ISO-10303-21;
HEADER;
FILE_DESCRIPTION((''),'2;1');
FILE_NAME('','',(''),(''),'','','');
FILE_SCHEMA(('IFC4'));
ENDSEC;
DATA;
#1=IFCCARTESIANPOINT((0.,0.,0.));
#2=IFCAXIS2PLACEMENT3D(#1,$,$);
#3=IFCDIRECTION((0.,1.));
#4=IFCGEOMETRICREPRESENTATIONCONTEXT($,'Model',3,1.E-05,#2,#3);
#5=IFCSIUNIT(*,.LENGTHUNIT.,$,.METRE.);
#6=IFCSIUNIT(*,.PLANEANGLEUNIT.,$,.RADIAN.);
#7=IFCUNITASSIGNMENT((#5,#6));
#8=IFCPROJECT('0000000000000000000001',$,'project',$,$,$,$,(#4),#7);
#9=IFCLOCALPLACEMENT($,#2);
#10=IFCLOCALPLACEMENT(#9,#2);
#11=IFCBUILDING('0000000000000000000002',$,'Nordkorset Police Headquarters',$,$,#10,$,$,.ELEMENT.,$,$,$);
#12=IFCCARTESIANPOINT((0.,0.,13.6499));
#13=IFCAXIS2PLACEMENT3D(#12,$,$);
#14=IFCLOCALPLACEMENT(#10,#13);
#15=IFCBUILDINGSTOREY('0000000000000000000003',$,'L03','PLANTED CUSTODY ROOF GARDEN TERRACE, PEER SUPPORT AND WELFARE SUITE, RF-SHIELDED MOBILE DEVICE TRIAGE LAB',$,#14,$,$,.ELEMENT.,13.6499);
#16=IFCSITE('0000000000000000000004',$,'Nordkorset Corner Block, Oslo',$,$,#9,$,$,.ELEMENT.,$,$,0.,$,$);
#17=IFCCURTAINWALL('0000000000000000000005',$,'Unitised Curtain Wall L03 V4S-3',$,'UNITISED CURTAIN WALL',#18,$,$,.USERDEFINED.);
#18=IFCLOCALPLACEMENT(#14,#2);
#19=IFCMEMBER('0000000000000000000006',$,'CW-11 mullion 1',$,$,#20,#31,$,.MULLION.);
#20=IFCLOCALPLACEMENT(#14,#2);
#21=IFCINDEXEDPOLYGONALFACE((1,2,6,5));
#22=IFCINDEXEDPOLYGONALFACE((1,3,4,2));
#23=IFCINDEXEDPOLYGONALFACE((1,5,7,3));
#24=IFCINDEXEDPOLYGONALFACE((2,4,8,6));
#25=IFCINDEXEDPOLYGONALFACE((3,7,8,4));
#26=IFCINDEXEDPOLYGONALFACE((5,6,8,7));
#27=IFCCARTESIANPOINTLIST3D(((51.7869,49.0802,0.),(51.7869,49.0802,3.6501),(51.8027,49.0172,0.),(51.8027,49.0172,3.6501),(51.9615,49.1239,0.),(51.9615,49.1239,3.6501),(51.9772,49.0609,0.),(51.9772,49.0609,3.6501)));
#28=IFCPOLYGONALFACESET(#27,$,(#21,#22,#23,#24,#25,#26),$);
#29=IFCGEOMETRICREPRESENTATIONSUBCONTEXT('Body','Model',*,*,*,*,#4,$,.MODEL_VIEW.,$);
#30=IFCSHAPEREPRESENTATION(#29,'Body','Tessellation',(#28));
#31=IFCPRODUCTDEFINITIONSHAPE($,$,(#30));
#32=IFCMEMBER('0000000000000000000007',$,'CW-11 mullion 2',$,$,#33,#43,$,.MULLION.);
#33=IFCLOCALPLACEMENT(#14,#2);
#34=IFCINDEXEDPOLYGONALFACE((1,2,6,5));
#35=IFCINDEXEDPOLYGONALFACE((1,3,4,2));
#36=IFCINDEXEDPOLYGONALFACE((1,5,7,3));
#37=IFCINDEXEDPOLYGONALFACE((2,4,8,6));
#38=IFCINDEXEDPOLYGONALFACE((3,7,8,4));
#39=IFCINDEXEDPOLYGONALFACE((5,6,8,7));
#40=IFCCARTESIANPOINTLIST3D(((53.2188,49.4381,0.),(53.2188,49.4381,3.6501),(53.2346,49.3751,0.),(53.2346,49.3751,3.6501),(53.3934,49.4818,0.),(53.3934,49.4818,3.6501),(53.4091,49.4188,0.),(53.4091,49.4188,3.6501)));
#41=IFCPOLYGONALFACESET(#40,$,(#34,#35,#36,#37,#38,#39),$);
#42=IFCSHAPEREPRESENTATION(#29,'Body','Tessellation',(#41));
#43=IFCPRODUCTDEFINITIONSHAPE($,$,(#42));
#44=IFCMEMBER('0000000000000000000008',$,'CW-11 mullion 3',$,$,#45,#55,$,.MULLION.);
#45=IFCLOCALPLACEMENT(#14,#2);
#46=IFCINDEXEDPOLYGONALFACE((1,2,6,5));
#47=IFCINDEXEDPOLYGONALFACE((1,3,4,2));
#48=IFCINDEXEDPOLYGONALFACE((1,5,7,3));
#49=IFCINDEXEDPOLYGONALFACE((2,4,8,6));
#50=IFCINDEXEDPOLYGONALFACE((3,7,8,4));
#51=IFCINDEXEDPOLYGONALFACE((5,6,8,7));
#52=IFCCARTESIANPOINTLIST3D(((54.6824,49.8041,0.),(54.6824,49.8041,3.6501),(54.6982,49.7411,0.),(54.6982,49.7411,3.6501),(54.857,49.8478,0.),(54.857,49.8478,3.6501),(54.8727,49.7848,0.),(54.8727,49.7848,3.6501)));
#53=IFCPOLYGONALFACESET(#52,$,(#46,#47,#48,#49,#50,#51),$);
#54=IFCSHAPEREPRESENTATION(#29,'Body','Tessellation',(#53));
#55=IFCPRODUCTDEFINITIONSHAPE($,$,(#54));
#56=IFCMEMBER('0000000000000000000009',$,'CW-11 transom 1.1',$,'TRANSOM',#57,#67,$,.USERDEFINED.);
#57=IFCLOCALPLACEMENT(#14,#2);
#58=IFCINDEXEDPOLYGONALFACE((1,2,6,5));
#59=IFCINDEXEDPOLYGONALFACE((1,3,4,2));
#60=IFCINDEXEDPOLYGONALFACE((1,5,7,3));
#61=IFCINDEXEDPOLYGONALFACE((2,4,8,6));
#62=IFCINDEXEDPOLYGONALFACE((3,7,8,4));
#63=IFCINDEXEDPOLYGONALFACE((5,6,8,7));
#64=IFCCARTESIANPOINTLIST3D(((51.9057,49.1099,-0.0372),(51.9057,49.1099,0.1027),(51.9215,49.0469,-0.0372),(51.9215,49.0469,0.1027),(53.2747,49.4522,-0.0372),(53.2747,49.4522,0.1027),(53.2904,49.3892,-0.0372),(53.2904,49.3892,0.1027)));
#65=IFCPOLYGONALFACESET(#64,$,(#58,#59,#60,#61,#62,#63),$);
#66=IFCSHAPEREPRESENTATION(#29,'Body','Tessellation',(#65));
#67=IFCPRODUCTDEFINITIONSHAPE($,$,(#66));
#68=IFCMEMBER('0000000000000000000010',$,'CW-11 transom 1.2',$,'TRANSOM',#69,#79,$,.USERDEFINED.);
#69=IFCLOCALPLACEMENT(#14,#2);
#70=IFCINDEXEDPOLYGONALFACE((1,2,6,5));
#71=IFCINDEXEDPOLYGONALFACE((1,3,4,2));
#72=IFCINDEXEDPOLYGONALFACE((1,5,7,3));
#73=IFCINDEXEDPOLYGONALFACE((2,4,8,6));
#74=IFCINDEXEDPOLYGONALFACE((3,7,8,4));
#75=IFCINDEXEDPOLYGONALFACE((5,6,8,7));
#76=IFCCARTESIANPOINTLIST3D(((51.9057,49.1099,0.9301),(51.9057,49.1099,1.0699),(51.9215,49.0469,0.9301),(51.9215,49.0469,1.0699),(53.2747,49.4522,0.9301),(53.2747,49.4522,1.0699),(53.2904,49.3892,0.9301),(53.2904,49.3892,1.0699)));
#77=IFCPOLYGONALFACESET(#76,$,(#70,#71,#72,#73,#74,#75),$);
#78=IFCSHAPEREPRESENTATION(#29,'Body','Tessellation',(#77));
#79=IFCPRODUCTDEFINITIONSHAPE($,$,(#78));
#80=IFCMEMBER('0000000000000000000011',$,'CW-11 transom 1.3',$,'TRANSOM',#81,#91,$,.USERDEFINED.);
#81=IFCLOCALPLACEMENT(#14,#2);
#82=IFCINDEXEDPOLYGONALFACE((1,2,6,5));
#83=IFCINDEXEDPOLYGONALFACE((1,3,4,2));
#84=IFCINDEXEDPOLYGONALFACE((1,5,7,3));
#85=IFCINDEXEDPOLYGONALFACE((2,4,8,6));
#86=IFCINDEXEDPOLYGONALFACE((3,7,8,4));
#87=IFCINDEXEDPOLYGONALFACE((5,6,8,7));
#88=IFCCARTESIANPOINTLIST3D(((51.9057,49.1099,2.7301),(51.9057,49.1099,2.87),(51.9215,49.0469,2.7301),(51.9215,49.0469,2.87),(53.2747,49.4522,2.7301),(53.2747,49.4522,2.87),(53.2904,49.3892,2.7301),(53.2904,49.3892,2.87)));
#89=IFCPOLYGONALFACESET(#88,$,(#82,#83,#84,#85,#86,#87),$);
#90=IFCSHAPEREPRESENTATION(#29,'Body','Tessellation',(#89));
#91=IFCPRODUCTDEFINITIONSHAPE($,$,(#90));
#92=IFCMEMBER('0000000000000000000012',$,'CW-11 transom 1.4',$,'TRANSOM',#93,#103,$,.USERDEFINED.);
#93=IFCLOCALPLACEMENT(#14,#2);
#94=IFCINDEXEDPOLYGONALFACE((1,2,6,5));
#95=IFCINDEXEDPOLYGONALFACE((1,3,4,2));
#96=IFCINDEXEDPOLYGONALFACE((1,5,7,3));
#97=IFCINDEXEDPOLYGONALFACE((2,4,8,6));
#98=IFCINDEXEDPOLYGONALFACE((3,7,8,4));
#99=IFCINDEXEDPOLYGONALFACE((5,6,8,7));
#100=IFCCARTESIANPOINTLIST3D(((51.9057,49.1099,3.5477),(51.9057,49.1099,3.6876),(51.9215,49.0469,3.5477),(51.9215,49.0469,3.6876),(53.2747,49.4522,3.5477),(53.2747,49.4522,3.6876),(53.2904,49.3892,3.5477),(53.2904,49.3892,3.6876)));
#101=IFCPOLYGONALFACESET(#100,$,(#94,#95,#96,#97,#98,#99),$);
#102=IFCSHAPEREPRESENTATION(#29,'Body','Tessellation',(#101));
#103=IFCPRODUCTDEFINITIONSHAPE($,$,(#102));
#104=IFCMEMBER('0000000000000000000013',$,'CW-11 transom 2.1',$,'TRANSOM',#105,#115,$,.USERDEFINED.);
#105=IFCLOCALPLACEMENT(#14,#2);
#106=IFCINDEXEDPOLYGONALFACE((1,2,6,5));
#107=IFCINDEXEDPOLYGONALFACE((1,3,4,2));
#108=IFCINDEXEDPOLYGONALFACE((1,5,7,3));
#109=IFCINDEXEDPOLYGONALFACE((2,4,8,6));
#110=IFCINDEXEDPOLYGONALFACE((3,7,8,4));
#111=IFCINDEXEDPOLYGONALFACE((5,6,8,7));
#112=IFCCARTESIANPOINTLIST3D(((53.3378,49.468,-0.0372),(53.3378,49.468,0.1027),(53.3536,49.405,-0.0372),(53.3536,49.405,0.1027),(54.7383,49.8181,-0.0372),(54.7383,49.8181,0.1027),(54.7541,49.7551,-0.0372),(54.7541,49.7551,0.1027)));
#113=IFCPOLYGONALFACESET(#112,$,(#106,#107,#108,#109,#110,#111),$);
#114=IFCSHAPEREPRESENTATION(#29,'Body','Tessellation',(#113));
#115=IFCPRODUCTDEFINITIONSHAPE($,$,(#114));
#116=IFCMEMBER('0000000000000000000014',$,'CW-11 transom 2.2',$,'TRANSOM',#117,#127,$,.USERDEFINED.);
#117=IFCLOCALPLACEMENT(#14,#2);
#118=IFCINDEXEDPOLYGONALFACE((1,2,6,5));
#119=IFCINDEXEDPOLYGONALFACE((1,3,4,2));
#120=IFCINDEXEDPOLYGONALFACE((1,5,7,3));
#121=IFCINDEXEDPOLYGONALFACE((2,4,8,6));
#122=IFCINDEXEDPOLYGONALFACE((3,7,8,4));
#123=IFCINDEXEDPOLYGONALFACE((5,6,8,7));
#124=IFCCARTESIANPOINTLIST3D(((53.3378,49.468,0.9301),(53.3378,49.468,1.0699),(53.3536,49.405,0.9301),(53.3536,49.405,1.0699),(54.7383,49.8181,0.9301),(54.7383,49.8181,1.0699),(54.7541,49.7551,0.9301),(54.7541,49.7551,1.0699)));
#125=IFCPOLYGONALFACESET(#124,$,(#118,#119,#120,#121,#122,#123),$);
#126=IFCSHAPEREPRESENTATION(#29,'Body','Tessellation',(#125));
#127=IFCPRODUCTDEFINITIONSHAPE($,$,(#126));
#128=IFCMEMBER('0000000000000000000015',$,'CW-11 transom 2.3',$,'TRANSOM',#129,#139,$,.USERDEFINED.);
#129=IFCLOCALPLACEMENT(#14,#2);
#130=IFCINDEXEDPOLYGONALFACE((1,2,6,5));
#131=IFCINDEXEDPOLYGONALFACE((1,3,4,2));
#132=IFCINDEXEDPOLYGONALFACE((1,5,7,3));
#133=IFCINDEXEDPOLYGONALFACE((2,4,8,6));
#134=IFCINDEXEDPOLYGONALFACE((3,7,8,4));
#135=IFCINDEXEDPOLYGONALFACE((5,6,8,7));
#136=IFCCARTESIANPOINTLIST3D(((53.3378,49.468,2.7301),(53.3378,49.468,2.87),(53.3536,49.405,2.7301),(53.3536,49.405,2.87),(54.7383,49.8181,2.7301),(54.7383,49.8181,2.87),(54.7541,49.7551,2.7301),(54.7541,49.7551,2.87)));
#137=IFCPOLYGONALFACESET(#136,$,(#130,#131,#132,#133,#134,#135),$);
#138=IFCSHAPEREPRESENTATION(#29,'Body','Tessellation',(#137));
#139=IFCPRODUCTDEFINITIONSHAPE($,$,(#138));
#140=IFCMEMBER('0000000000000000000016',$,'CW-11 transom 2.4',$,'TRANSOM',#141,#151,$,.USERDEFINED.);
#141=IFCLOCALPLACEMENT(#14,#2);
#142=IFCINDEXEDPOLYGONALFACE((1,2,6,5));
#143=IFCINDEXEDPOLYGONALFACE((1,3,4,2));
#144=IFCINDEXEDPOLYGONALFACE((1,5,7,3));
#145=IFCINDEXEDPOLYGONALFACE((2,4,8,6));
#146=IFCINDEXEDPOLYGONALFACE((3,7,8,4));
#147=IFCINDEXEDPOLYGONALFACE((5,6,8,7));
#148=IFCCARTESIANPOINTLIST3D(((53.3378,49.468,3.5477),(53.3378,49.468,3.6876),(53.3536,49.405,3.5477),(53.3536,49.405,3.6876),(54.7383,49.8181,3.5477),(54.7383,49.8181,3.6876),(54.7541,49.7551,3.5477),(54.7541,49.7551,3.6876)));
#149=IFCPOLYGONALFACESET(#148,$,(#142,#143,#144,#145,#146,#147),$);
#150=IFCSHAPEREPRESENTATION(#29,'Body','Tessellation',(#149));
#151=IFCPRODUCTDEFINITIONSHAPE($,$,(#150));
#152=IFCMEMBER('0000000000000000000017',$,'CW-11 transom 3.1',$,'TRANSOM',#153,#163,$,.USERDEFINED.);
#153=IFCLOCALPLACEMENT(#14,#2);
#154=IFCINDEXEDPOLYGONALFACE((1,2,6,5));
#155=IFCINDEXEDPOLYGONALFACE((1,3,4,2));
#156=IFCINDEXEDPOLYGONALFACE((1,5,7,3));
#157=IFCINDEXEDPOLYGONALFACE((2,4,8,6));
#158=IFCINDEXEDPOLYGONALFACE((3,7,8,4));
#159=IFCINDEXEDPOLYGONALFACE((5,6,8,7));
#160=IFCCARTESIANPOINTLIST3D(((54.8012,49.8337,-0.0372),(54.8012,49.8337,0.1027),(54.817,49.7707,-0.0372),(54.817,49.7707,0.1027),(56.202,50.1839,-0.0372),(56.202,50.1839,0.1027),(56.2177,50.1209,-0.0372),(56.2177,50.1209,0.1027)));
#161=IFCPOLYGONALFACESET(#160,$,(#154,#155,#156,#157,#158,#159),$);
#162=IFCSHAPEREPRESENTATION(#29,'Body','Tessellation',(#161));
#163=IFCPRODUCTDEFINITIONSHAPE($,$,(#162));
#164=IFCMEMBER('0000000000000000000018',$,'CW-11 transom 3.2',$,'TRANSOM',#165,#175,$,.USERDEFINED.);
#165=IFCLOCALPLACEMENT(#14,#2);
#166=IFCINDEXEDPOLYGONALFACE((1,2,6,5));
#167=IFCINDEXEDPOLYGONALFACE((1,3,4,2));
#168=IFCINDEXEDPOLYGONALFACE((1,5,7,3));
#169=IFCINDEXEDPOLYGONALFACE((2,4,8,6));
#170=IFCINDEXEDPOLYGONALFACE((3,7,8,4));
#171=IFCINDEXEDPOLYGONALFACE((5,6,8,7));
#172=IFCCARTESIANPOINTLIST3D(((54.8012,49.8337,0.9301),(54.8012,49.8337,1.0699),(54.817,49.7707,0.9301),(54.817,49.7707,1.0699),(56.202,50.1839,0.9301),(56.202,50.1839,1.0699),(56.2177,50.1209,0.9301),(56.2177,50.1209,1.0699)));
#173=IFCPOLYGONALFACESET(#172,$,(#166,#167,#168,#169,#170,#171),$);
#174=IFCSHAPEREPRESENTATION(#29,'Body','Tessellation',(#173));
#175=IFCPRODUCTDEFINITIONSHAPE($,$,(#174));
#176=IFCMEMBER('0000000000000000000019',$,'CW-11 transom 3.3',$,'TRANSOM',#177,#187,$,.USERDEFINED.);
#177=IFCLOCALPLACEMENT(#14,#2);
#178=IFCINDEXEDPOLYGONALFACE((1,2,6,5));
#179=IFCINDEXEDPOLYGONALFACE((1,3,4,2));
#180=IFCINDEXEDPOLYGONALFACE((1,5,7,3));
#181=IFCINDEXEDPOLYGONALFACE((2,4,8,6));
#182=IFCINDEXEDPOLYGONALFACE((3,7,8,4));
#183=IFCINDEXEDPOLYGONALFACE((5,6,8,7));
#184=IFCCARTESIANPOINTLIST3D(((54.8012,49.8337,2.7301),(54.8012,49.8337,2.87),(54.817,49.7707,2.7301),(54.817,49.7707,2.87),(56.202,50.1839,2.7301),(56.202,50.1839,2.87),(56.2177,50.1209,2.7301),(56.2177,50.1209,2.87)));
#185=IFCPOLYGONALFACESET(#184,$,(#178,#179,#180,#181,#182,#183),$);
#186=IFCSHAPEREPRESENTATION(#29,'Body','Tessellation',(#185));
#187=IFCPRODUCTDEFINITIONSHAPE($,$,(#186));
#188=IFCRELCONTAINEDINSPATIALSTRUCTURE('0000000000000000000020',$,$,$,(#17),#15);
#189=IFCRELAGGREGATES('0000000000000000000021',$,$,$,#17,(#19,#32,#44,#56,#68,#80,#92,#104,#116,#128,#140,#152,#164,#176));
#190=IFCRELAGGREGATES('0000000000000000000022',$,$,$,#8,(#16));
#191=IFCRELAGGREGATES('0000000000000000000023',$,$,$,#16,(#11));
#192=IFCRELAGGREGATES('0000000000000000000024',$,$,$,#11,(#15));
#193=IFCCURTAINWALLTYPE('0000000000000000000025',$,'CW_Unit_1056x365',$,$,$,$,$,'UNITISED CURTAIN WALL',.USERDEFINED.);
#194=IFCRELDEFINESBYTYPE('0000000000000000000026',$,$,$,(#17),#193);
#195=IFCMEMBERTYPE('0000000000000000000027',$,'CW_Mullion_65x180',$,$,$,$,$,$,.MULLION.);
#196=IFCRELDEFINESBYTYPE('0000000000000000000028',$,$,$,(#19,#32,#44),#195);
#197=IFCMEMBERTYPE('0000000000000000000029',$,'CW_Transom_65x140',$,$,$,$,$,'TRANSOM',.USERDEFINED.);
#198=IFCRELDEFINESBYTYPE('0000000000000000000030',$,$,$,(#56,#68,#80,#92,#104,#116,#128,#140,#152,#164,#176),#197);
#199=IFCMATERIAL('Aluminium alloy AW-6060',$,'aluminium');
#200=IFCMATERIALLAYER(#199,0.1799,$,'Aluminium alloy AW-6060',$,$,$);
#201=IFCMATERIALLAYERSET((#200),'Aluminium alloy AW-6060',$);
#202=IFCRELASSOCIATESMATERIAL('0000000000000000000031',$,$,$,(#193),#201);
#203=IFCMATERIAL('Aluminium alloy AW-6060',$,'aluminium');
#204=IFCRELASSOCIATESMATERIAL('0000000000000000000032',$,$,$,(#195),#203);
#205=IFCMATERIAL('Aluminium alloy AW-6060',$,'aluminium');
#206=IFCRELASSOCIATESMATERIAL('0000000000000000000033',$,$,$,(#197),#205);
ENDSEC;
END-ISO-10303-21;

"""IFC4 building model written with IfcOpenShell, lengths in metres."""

from ifc_helpers import new_model, si_unit, direction, frame, origin, origin_2d, place, context, subcontext, project, spatial, rectangle, extrude, material, layer, layer_set, material_profile, profile_set, type_object, element, aggregate, save


model = new_model("IFC4")

# Units and contexts
model_context = context("Model", 3, precision=1e-05, world=origin(), true_north=direction((0.0, 1.0)))
body_context = subcontext(model_context, "Body", "Model", "MODEL_VIEW")
ifc_project = project(units=[si_unit("LENGTHUNIT", "METRE"), si_unit("PLANEANGLEUNIT", "RADIAN")], contexts=[model_context])

# Site, building, storey
site_placement = place(None, origin())
site = spatial("IfcSite", under=ifc_project, at=site_placement, Name="Nordkorset Corner Block, Oslo", CompositionType="ELEMENT", RefElevation=0.0)
building_placement = place(site_placement, origin())
building = spatial("IfcBuilding", under=site, at=building_placement, Name="Nordkorset Police Headquarters", CompositionType="ELEMENT")
storey_placement = place(building_placement, frame((0.0, 0.0, 13.6499)))
storey = spatial("IfcBuildingStorey", under=building, at=storey_placement, Name="L03", Description="PLANTED CUSTODY ROOF GARDEN TERRACE, PEER SUPPORT AND WELFARE SUITE, RF-SHIELDED MOBILE DEVICE TRIAGE LAB", CompositionType="ELEMENT", Elevation=13.6499)

# Curtain wall, members
ifc_material_1 = material(Name="Aluminium alloy AW-6060", Category="aluminium")
ifc_layer_1 = layer(ifc_material_1, 0.1799, Name="Aluminium alloy AW-6060")
ifc_layer_set_1 = layer_set([ifc_layer_1], Name="Aluminium alloy AW-6060")
curtain_wall_type = type_object("IfcCurtainWallType", Name="CW_Unit_1056x365", ElementType="UNITISED CURTAIN WALL", PredefinedType="USERDEFINED", material=ifc_layer_set_1)
curtain_wall_placement = place(storey_placement, origin())
curtain_wall = element("IfcCurtainWall", 1, at=curtain_wall_placement, inside=storey, type_object=curtain_wall_type, Name="Unitised Curtain Wall L03 V4S-3", ObjectType="UNITISED CURTAIN WALL", PredefinedType="USERDEFINED")
ifc_material_2 = material(Name="Aluminium alloy AW-6060", Category="aluminium")
ifc_material_profile_1 = material_profile(ifc_material_2, rectangle(XDim=0.0649, YDim=0.1799, at=origin_2d()), Name="ALU MULL 65x180")
ifc_profile_set_1 = profile_set([ifc_material_profile_1], Name="Aluminium alloy AW-6060")
member_type_1 = type_object("IfcMemberType", Name="CW_Mullion_65x180", PredefinedType="MULLION", material=ifc_profile_set_1)
member_1_placement = place(storey_placement, frame((51.8821, 49.0706, 0.0), z_axis=(0.0, 0.0, 1.0), x_axis=(-0.242535, 0.970143, 0.0)))
member_1 = element("IfcMember", 2, at=member_1_placement, type_object=member_type_1, Name="CW-11 mullion 1", PredefinedType="MULLION", context=body_context, shape_type="SweptSolid", body=[
    extrude(rectangle(XDim=0.0649, YDim=0.1799, at=origin_2d()), origin(), (0.0, 0.0, 1.0), 3.6501),
])
member_2_placement = place(storey_placement, frame((53.314, 49.4285, 0.0), z_axis=(0.0, 0.0, 1.0), x_axis=(-0.242535, 0.970143, 0.0)))
member_2 = element("IfcMember", 3, at=member_2_placement, type_object=member_type_1, Name="CW-11 mullion 2", PredefinedType="MULLION", context=body_context, shape_type="SweptSolid", body=[
    extrude(rectangle(XDim=0.0649, YDim=0.1799, at=origin_2d()), origin(), (0.0, 0.0, 1.0), 3.6501),
])
member_3_placement = place(storey_placement, frame((54.7776, 49.7944, 0.0), z_axis=(0.0, 0.0, 1.0), x_axis=(-0.242535, 0.970143, 0.0)))
member_3 = element("IfcMember", 4, at=member_3_placement, type_object=member_type_1, Name="CW-11 mullion 3", PredefinedType="MULLION", context=body_context, shape_type="SweptSolid", body=[
    extrude(rectangle(XDim=0.0649, YDim=0.1799, at=origin_2d()), origin(), (0.0, 0.0, 1.0), 3.6501),
])
ifc_material_3 = material(Name="Aluminium alloy AW-6060", Category="aluminium")
ifc_material_profile_2 = material_profile(ifc_material_3, rectangle(XDim=0.0649, YDim=0.1399, at=origin_2d()), Name="ALU TRAN 65x140")
ifc_profile_set_2 = profile_set([ifc_material_profile_2], Name="Aluminium alloy AW-6060")
member_type_2 = type_object("IfcMemberType", Name="CW_Transom_65x140", ElementType="TRANSOM", PredefinedType="USERDEFINED", material=ifc_profile_set_2)
member_4_placement = place(storey_placement, frame((51.9136, 49.0784, 0.0327), z_axis=(0.970132, 0.242576, 0.0), x_axis=(-0.242576, 0.970132, 0.0)))
member_4 = element("IfcMember", 5, at=member_4_placement, type_object=member_type_2, Name="CW-11 transom 1.1", ObjectType="TRANSOM", PredefinedType="USERDEFINED", context=body_context, shape_type="SweptSolid", body=[
    extrude(rectangle(XDim=0.0649, YDim=0.1399, at=origin_2d()), origin(), (0.0, 0.0, 1.0), 1.4111),
])
member_5_placement = place(storey_placement, frame((51.9136, 49.0784, 1.0), z_axis=(0.970132, 0.242576, 0.0), x_axis=(-0.242576, 0.970132, 0.0)))
member_5 = element("IfcMember", 6, at=member_5_placement, type_object=member_type_2, Name="CW-11 transom 1.2", ObjectType="TRANSOM", PredefinedType="USERDEFINED", context=body_context, shape_type="SweptSolid", body=[
    extrude(rectangle(XDim=0.0649, YDim=0.1399, at=origin_2d()), origin(), (0.0, 0.0, 1.0), 1.4111),
])
member_6_placement = place(storey_placement, frame((51.9136, 49.0784, 2.8), z_axis=(0.970132, 0.242576, 0.0), x_axis=(-0.242576, 0.970132, 0.0)))
member_6 = element("IfcMember", 7, at=member_6_placement, type_object=member_type_2, Name="CW-11 transom 1.3", ObjectType="TRANSOM", PredefinedType="USERDEFINED", context=body_context, shape_type="SweptSolid", body=[
    extrude(rectangle(XDim=0.0649, YDim=0.1399, at=origin_2d()), origin(), (0.0, 0.0, 1.0), 1.4111),
])
member_7_placement = place(storey_placement, frame((51.9136, 49.0784, 3.6177), z_axis=(0.970132, 0.242576, 0.0), x_axis=(-0.242576, 0.970132, 0.0)))
member_7 = element("IfcMember", 8, at=member_7_placement, type_object=member_type_2, Name="CW-11 transom 1.4", ObjectType="TRANSOM", PredefinedType="USERDEFINED", context=body_context, shape_type="SweptSolid", body=[
    extrude(rectangle(XDim=0.0649, YDim=0.1399, at=origin_2d()), origin(), (0.0, 0.0, 1.0), 1.4111),
])
member_8_placement = place(storey_placement, frame((53.3457, 49.4365, 0.0327), z_axis=(0.970143, 0.242536, 0.0), x_axis=(-0.242536, 0.970143, 0.0)))
member_8 = element("IfcMember", 9, at=member_8_placement, type_object=member_type_2, Name="CW-11 transom 2.1", ObjectType="TRANSOM", PredefinedType="USERDEFINED", context=body_context, shape_type="SweptSolid", body=[
    extrude(rectangle(XDim=0.0649, YDim=0.1399, at=origin_2d()), origin(), (0.0, 0.0, 1.0), 1.4436),
])
member_9_placement = place(storey_placement, frame((53.3457, 49.4365, 1.0), z_axis=(0.970143, 0.242536, 0.0), x_axis=(-0.242536, 0.970143, 0.0)))
member_9 = element("IfcMember", 10, at=member_9_placement, type_object=member_type_2, Name="CW-11 transom 2.2", ObjectType="TRANSOM", PredefinedType="USERDEFINED", context=body_context, shape_type="SweptSolid", body=[
    extrude(rectangle(XDim=0.0649, YDim=0.1399, at=origin_2d()), origin(), (0.0, 0.0, 1.0), 1.4436),
])
member_10_placement = place(storey_placement, frame((53.3457, 49.4365, 2.8), z_axis=(0.970143, 0.242536, 0.0), x_axis=(-0.242536, 0.970143, 0.0)))
member_10 = element("IfcMember", 11, at=member_10_placement, type_object=member_type_2, Name="CW-11 transom 2.3", ObjectType="TRANSOM", PredefinedType="USERDEFINED", context=body_context, shape_type="SweptSolid", body=[
    extrude(rectangle(XDim=0.0649, YDim=0.1399, at=origin_2d()), origin(), (0.0, 0.0, 1.0), 1.4436),
])
member_11_placement = place(storey_placement, frame((53.3457, 49.4365, 3.6177), z_axis=(0.970143, 0.242536, 0.0), x_axis=(-0.242536, 0.970143, 0.0)))
member_11 = element("IfcMember", 12, at=member_11_placement, type_object=member_type_2, Name="CW-11 transom 2.4", ObjectType="TRANSOM", PredefinedType="USERDEFINED", context=body_context, shape_type="SweptSolid", body=[
    extrude(rectangle(XDim=0.0649, YDim=0.1399, at=origin_2d()), origin(), (0.0, 0.0, 1.0), 1.4436),
])
member_12_placement = place(storey_placement, frame((54.8091, 49.8022, 0.0327), z_axis=(0.970152, 0.242496, 0.0), x_axis=(-0.242496, 0.970152, 0.0)))
member_12 = element("IfcMember", 13, at=member_12_placement, type_object=member_type_2, Name="CW-11 transom 3.1", ObjectType="TRANSOM", PredefinedType="USERDEFINED", context=body_context, shape_type="SweptSolid", body=[
    extrude(rectangle(XDim=0.0649, YDim=0.1399, at=origin_2d()), origin(), (0.0, 0.0, 1.0), 1.4438),
])
member_13_placement = place(storey_placement, frame((54.8091, 49.8022, 1.0), z_axis=(0.970152, 0.242496, 0.0), x_axis=(-0.242496, 0.970152, 0.0)))
member_13 = element("IfcMember", 14, at=member_13_placement, type_object=member_type_2, Name="CW-11 transom 3.2", ObjectType="TRANSOM", PredefinedType="USERDEFINED", context=body_context, shape_type="SweptSolid", body=[
    extrude(rectangle(XDim=0.0649, YDim=0.1399, at=origin_2d()), origin(), (0.0, 0.0, 1.0), 1.4438),
])
member_14_placement = place(storey_placement, frame((54.8091, 49.8022, 2.8), z_axis=(0.970152, 0.242496, 0.0), x_axis=(-0.242496, 0.970152, 0.0)))
member_14 = element("IfcMember", 15, at=member_14_placement, type_object=member_type_2, Name="CW-11 transom 3.3", ObjectType="TRANSOM", PredefinedType="USERDEFINED", context=body_context, shape_type="SweptSolid", body=[
    extrude(rectangle(XDim=0.0649, YDim=0.1399, at=origin_2d()), origin(), (0.0, 0.0, 1.0), 1.4438),
])
aggregate(curtain_wall, [member_1, member_2, member_3, member_4, member_5, member_6, member_7, member_8, member_9, member_10, member_11, member_12, member_13, member_14])

save(model, "model.ifc")
